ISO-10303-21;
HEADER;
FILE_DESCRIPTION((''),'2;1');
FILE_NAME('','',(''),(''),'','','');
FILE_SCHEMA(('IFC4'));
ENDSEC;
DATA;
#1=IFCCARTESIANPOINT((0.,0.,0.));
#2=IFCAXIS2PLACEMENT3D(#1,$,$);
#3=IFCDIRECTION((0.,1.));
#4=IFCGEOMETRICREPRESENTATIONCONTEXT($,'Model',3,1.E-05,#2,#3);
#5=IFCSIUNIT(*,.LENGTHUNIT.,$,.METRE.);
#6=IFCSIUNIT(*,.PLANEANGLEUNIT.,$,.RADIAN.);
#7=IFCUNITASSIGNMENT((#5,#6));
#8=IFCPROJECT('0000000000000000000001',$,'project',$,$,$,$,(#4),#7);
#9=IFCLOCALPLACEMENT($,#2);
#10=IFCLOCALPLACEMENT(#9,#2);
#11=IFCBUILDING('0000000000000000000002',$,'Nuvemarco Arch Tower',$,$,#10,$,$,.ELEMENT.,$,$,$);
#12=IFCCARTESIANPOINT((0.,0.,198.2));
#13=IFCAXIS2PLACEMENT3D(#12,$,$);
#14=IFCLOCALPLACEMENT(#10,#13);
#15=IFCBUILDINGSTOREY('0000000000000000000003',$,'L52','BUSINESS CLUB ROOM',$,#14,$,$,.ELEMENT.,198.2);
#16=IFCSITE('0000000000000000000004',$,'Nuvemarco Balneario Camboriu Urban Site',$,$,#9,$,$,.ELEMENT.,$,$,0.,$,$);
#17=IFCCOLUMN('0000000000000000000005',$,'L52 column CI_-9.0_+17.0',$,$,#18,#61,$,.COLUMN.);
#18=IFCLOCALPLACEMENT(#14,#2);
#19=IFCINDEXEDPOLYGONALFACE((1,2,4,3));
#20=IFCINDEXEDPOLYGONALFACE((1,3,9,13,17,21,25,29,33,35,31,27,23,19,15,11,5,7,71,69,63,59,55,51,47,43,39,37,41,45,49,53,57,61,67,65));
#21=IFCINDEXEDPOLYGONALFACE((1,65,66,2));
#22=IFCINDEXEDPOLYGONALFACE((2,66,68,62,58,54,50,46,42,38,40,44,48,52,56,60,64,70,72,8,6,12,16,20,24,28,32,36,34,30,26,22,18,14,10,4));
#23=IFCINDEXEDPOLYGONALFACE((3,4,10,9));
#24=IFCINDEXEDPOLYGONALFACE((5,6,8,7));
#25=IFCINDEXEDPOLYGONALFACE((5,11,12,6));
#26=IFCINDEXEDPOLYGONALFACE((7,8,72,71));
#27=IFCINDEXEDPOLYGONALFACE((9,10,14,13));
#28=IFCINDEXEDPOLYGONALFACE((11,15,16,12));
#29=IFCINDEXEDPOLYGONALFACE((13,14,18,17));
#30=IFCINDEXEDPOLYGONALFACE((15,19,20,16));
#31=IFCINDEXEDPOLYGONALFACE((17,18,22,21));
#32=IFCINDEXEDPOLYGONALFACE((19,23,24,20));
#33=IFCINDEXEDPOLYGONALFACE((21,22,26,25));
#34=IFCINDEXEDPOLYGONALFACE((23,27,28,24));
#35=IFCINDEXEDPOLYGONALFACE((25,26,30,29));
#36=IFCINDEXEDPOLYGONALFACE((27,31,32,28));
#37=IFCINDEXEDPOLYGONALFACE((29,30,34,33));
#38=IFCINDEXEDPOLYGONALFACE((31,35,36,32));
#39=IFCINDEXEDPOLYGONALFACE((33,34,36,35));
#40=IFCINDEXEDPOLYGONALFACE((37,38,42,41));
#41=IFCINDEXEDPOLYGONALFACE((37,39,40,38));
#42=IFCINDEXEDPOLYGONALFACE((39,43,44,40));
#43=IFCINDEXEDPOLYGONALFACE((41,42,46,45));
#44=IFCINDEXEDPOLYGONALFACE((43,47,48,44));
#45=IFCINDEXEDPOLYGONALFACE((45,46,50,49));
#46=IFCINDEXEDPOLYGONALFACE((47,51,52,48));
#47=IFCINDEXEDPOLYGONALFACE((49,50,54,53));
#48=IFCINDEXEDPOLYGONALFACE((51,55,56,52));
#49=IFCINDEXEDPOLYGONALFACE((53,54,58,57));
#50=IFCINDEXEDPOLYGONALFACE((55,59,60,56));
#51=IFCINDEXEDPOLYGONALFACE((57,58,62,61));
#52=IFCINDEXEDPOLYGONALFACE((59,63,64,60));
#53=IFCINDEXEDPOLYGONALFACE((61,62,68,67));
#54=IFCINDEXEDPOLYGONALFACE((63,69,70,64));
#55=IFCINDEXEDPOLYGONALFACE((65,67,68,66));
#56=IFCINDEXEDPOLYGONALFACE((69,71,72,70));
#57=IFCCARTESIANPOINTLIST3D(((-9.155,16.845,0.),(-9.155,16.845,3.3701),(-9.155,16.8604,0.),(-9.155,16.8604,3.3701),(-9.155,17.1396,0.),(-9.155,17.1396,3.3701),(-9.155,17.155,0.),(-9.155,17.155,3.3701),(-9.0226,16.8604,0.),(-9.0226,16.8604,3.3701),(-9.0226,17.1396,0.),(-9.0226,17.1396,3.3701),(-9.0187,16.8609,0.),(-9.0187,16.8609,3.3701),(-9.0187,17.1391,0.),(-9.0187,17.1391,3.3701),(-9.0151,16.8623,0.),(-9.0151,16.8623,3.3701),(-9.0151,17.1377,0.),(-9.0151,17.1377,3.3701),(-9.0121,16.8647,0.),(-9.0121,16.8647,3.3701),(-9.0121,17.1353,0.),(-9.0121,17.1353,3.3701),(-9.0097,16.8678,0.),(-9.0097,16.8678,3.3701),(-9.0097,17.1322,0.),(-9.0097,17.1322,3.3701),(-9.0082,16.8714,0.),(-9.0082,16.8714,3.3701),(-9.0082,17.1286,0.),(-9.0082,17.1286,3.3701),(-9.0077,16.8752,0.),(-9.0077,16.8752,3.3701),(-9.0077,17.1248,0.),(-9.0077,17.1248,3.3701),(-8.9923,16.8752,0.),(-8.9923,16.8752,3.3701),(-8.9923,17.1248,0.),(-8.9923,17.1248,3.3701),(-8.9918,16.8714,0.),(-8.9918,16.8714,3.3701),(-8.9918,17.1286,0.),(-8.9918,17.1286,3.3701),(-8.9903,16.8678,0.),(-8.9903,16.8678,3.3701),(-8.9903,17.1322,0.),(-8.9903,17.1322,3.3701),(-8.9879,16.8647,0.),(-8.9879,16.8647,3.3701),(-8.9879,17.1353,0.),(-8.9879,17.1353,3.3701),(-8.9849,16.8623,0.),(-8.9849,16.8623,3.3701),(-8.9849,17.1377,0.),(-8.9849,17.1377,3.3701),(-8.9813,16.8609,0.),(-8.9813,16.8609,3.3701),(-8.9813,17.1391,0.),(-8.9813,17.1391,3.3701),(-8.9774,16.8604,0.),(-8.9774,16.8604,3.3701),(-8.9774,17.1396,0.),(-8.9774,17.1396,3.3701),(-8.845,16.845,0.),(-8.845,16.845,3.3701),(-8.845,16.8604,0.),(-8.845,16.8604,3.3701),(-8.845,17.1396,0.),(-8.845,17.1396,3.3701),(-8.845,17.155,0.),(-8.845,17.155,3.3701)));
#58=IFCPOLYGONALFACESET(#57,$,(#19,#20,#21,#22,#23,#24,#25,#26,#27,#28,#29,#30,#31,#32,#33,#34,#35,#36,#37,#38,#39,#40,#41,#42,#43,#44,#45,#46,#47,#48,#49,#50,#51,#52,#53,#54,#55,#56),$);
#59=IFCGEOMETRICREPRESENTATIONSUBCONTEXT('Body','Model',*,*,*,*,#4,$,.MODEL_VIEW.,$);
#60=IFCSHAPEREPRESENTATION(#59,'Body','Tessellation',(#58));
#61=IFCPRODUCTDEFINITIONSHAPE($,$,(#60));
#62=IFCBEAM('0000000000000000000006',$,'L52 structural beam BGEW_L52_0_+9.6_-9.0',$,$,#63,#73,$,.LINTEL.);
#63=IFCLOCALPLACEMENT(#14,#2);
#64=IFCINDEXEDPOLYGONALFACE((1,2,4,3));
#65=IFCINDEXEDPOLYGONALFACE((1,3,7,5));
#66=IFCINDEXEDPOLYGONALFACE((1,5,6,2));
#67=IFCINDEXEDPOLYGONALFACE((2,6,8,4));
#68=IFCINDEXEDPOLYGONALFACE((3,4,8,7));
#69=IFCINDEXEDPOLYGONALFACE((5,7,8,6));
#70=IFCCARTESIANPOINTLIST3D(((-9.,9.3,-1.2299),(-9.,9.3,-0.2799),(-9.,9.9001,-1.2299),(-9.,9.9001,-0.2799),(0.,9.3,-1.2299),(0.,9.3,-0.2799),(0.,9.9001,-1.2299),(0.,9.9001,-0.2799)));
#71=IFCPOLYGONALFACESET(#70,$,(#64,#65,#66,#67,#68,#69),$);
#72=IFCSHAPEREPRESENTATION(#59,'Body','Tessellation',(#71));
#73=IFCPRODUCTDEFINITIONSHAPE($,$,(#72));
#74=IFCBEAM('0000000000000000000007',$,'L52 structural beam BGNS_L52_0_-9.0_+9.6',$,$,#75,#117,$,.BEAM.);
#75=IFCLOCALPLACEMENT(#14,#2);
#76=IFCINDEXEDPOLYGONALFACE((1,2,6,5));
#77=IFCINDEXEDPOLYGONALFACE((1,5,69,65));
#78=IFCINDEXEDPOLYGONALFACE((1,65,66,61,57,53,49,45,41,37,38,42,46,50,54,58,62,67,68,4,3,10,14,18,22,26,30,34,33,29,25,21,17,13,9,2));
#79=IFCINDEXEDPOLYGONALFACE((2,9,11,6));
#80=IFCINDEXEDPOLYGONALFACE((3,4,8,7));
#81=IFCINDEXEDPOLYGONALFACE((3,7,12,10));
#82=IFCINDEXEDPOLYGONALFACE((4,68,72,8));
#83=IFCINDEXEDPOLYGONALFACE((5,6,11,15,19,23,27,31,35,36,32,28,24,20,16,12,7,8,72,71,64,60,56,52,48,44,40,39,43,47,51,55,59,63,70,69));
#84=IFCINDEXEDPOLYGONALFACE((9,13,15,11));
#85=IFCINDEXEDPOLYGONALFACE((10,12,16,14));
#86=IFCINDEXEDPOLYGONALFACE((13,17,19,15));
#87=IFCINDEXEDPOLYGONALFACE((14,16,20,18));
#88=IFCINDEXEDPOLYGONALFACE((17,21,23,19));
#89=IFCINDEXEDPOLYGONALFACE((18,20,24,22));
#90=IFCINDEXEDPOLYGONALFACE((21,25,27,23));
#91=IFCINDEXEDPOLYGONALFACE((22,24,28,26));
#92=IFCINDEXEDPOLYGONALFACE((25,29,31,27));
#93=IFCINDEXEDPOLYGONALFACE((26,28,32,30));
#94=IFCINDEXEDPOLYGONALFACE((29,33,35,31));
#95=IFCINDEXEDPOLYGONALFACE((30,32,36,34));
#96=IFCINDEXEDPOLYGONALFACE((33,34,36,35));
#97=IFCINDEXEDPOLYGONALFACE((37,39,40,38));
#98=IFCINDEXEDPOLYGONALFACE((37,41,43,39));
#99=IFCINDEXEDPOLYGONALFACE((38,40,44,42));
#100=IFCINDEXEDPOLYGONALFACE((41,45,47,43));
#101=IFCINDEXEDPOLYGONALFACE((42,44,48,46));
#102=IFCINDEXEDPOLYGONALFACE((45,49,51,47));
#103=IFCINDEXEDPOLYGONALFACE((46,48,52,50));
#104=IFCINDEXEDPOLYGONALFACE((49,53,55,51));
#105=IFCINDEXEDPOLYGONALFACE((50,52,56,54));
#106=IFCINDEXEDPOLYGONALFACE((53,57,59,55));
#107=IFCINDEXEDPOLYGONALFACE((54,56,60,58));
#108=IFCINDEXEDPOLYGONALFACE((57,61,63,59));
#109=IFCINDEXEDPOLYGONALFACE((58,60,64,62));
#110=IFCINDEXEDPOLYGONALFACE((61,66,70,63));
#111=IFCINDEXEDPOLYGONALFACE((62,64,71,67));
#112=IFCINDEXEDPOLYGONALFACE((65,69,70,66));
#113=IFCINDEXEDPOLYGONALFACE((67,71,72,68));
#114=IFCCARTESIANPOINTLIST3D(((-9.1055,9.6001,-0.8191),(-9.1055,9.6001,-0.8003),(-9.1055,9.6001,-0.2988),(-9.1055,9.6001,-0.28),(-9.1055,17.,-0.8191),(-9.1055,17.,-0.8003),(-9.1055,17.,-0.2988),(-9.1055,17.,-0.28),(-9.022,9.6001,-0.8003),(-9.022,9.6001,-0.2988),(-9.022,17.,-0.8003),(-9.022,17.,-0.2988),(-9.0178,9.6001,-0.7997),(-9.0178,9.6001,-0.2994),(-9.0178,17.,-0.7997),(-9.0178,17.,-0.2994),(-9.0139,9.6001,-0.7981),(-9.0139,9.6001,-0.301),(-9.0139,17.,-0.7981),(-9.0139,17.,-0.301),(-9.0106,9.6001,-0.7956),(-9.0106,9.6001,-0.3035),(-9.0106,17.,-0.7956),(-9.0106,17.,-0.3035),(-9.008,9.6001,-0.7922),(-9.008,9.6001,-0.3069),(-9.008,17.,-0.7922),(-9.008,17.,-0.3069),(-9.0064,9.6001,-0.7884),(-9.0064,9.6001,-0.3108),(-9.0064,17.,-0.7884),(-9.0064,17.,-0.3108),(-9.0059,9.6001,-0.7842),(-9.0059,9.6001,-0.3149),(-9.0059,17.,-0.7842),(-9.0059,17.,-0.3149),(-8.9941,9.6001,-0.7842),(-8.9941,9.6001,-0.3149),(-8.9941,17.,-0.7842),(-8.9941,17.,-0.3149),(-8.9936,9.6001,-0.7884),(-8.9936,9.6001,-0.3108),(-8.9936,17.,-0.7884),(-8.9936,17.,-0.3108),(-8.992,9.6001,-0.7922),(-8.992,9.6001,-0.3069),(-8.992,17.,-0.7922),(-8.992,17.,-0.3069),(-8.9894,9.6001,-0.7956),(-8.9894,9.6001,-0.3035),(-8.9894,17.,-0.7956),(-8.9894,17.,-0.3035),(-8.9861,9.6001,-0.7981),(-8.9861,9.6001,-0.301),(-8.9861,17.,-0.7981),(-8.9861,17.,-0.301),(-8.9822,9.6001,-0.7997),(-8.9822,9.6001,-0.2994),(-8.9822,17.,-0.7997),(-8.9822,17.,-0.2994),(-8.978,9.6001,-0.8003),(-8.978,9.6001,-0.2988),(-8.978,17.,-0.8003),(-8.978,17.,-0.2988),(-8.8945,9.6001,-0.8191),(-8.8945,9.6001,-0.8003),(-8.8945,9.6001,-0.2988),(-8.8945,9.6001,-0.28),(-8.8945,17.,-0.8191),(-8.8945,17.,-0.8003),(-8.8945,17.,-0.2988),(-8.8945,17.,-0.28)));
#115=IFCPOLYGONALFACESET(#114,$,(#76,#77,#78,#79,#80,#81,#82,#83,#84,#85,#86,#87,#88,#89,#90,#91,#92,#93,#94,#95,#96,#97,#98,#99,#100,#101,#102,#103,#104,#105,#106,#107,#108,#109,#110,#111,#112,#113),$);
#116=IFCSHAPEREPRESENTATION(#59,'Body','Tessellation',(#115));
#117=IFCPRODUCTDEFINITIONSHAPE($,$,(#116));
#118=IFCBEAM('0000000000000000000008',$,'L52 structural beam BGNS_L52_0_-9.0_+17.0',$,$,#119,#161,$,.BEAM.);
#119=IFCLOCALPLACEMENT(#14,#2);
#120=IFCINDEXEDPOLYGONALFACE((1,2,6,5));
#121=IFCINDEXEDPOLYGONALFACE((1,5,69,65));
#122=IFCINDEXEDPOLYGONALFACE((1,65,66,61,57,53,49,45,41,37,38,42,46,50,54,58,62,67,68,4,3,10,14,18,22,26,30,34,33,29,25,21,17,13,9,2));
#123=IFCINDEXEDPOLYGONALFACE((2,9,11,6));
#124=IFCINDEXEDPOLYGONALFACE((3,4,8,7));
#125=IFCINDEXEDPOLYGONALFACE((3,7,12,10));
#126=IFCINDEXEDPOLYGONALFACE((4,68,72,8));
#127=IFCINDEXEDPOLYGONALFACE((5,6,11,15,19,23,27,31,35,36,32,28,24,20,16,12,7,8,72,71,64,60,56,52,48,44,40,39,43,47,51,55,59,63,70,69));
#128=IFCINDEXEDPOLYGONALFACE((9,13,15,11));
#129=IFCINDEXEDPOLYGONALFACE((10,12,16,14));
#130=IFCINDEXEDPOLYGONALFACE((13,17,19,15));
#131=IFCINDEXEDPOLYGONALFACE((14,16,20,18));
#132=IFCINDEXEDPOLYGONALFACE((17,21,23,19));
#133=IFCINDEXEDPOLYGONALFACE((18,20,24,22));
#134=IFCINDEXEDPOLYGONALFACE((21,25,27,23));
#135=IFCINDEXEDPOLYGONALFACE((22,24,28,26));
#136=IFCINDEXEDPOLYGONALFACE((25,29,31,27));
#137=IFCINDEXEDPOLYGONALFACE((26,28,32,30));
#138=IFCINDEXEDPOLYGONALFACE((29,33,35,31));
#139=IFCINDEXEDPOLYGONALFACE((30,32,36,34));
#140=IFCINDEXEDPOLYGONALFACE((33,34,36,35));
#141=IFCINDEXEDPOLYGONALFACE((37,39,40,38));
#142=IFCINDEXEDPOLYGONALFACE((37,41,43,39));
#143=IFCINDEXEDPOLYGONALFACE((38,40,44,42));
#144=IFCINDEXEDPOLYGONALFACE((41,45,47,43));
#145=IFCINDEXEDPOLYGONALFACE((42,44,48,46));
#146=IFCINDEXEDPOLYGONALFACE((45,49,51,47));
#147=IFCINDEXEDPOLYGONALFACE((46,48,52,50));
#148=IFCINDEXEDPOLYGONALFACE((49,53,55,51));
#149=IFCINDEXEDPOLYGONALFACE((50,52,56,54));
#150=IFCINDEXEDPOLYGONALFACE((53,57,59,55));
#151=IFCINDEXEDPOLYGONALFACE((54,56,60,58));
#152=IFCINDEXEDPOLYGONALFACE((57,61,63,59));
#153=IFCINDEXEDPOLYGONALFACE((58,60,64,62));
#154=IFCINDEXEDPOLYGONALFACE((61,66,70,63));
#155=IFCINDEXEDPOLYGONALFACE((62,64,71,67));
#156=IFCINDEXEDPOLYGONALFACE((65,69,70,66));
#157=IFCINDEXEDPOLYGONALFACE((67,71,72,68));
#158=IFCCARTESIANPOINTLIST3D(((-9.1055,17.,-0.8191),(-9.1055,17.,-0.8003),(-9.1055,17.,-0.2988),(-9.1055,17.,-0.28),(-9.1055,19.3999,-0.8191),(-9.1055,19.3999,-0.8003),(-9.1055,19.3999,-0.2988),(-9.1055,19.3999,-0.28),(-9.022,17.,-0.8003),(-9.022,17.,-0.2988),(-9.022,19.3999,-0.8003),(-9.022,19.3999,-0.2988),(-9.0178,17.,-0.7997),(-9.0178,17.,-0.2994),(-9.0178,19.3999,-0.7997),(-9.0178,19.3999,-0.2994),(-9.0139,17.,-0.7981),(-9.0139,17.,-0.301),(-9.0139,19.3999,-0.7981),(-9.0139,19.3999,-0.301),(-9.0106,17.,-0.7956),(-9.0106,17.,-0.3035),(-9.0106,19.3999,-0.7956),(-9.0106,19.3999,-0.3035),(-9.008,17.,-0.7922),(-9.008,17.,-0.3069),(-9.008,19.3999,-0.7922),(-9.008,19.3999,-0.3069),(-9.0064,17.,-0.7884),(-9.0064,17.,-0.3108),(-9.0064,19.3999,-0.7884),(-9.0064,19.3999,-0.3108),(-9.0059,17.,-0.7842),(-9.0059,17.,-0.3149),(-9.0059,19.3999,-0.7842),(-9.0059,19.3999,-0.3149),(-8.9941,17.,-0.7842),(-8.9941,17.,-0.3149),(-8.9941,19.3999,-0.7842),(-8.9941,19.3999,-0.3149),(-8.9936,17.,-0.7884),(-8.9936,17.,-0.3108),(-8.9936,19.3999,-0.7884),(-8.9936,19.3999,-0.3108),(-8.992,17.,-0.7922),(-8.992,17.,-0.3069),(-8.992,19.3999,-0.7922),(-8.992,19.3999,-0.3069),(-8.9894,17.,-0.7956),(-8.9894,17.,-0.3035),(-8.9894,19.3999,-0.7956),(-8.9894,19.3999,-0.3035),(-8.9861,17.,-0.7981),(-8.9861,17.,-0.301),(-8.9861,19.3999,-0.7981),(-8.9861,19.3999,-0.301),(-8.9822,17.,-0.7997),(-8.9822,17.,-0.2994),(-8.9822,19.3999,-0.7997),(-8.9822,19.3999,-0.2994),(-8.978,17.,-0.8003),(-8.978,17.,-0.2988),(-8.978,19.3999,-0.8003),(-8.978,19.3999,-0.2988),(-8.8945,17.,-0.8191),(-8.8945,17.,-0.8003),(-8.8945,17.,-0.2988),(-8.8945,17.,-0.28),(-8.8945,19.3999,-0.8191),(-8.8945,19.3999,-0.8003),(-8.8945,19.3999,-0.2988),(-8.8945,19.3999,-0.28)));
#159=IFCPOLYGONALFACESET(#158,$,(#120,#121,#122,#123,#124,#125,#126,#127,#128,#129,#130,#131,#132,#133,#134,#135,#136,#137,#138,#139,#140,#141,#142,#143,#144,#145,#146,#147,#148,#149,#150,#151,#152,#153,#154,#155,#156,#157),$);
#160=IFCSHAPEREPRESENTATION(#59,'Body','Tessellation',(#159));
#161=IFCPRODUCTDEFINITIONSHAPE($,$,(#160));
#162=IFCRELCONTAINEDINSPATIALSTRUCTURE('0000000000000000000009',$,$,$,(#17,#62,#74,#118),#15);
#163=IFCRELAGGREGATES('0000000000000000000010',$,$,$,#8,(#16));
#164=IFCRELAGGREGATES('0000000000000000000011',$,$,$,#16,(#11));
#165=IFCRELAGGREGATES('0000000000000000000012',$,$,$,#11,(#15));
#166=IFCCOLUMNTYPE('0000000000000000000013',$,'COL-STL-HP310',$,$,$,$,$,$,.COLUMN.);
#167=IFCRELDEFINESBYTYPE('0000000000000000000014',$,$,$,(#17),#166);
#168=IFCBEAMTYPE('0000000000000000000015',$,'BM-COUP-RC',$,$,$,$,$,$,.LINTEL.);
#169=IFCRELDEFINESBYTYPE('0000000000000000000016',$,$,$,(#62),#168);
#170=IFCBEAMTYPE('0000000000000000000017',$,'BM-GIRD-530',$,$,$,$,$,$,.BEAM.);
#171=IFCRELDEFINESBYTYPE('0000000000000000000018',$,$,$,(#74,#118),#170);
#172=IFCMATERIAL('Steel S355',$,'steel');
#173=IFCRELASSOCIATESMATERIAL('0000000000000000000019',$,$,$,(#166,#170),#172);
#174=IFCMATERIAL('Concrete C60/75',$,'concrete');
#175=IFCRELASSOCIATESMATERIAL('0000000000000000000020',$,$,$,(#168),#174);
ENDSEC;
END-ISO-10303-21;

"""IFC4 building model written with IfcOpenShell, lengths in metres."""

from ifc_helpers import new_model, si_unit, direction, frame, origin, origin_2d, place, context, subcontext, project, spatial, rectangle, i_section, extrude, material, material_profile, profile_set, type_object, element, save


model = new_model("IFC4")

# Units and contexts
model_context = context("Model", 3, precision=1e-05, world=origin(), true_north=direction((0.0, 1.0)))
body_context = subcontext(model_context, "Body", "Model", "MODEL_VIEW")
ifc_project = project(units=[si_unit("LENGTHUNIT", "METRE"), si_unit("PLANEANGLEUNIT", "RADIAN")], contexts=[model_context])

# Site, building, storey
site_placement = place(None, origin())
site = spatial("IfcSite", under=ifc_project, at=site_placement, Name="Nuvemarco Balneario Camboriu Urban Site", CompositionType="ELEMENT", RefElevation=0.0)
building_placement = place(site_placement, origin())
building = spatial("IfcBuilding", under=site, at=building_placement, Name="Nuvemarco Arch Tower", CompositionType="ELEMENT")
storey_placement = place(building_placement, frame((0.0, 0.0, 198.2)))
storey = spatial("IfcBuildingStorey", under=building, at=storey_placement, Name="L52", Description="BUSINESS CLUB ROOM", CompositionType="ELEMENT", Elevation=198.2)

# Column
ifc_material_1 = material(Name="Steel S355", Category="steel")
ifc_material_profile_1 = material_profile(ifc_material_1, i_section(OverallWidth=0.3101, OverallDepth=0.3101, WebThickness=0.0154, FlangeThickness=0.0154, FilletRadius=0.0149, at=origin_2d()), Name="HP310x110")
ifc_profile_set_1 = profile_set([ifc_material_profile_1], Name="Steel S355")
column_type_1 = type_object("IfcColumnType", Name="COL-STL-HP310", PredefinedType="COLUMN", material=ifc_profile_set_1)
column_1_placement = place(storey_placement, frame((-9.0, 17.0, 0.0), z_axis=(0.0, 0.0, 1.0), x_axis=(1.0, 0.0, 0.0)))
element("IfcColumn", 1, at=column_1_placement, inside=storey, type_object=column_type_1, Name="L52 column CI_-9.0_+17.0", PredefinedType="COLUMN", context=body_context, shape_type="SweptSolid", body=[
    extrude(i_section(OverallWidth=0.3101, OverallDepth=0.3101, WebThickness=0.0154, FlangeThickness=0.0154, FilletRadius=0.0149, at=origin_2d()), origin(), (0.0, 0.0, 1.0), 3.3701),
])

# Beams
ifc_material_2 = material(Name="Concrete C60/75", Category="concrete")
ifc_material_profile_2 = material_profile(ifc_material_2, rectangle(XDim=0.6001, YDim=0.95, at=origin_2d()), Name="RC-BM-600x950")
ifc_profile_set_2 = profile_set([ifc_material_profile_2], Name="Concrete C60/75")
beam_type_1 = type_object("IfcBeamType", Name="BM-COUP-RC", PredefinedType="LINTEL", material=ifc_profile_set_2)
beam_1_placement = place(storey_placement, frame((-9.0, 9.6001, -0.7549), z_axis=(1.0, 0.0, 0.0), x_axis=(0.0, 1.0, 0.0)))
element("IfcBeam", 2, at=beam_1_placement, inside=storey, type_object=beam_type_1, Name="L52 structural beam BGEW_L52_0_+9.6_-9.0", PredefinedType="LINTEL", context=body_context, shape_type="SweptSolid", body=[
    extrude(rectangle(XDim=0.6001, YDim=0.95, at=origin_2d()), origin(), (0.0, 0.0, 1.0), 9.0),
])
ifc_material_profile_3 = material_profile(ifc_material_1, i_section(OverallWidth=0.2109, OverallDepth=0.5391, WebThickness=0.0117, FlangeThickness=0.0188, FilletRadius=0.0161, at=origin_2d()), Name="W530x109")
ifc_profile_set_3 = profile_set([ifc_material_profile_3], Name="Steel S355")
beam_type_2 = type_object("IfcBeamType", Name="BM-GIRD-530", PredefinedType="BEAM", material=ifc_profile_set_3)
beam_2_placement = place(storey_placement, frame((-9.0, 9.6001, -0.5496), z_axis=(0.0, 1.0, 0.0), x_axis=(-1.0, 0.0, 0.0)))
element("IfcBeam", 3, at=beam_2_placement, inside=storey, type_object=beam_type_2, Name="L52 structural beam BGNS_L52_0_-9.0_+9.6", PredefinedType="BEAM", context=body_context, shape_type="SweptSolid", body=[
    extrude(i_section(OverallWidth=0.2109, OverallDepth=0.5391, WebThickness=0.0117, FlangeThickness=0.0188, FilletRadius=0.0161, at=origin_2d()), origin(), (0.0, 0.0, 1.0), 7.3999),
])
beam_3_placement = place(storey_placement, frame((-9.0, 17.0, -0.5496), z_axis=(0.0, 1.0, 0.0), x_axis=(-1.0, 0.0, 0.0)))
element("IfcBeam", 4, at=beam_3_placement, inside=storey, type_object=beam_type_2, Name="L52 structural beam BGNS_L52_0_-9.0_+17.0", PredefinedType="BEAM", context=body_context, shape_type="SweptSolid", body=[
    extrude(i_section(OverallWidth=0.2109, OverallDepth=0.5391, WebThickness=0.0117, FlangeThickness=0.0188, FilletRadius=0.0161, at=origin_2d()), origin(), (0.0, 0.0, 1.0), 2.3999),
])

save(model, "model.ifc")
